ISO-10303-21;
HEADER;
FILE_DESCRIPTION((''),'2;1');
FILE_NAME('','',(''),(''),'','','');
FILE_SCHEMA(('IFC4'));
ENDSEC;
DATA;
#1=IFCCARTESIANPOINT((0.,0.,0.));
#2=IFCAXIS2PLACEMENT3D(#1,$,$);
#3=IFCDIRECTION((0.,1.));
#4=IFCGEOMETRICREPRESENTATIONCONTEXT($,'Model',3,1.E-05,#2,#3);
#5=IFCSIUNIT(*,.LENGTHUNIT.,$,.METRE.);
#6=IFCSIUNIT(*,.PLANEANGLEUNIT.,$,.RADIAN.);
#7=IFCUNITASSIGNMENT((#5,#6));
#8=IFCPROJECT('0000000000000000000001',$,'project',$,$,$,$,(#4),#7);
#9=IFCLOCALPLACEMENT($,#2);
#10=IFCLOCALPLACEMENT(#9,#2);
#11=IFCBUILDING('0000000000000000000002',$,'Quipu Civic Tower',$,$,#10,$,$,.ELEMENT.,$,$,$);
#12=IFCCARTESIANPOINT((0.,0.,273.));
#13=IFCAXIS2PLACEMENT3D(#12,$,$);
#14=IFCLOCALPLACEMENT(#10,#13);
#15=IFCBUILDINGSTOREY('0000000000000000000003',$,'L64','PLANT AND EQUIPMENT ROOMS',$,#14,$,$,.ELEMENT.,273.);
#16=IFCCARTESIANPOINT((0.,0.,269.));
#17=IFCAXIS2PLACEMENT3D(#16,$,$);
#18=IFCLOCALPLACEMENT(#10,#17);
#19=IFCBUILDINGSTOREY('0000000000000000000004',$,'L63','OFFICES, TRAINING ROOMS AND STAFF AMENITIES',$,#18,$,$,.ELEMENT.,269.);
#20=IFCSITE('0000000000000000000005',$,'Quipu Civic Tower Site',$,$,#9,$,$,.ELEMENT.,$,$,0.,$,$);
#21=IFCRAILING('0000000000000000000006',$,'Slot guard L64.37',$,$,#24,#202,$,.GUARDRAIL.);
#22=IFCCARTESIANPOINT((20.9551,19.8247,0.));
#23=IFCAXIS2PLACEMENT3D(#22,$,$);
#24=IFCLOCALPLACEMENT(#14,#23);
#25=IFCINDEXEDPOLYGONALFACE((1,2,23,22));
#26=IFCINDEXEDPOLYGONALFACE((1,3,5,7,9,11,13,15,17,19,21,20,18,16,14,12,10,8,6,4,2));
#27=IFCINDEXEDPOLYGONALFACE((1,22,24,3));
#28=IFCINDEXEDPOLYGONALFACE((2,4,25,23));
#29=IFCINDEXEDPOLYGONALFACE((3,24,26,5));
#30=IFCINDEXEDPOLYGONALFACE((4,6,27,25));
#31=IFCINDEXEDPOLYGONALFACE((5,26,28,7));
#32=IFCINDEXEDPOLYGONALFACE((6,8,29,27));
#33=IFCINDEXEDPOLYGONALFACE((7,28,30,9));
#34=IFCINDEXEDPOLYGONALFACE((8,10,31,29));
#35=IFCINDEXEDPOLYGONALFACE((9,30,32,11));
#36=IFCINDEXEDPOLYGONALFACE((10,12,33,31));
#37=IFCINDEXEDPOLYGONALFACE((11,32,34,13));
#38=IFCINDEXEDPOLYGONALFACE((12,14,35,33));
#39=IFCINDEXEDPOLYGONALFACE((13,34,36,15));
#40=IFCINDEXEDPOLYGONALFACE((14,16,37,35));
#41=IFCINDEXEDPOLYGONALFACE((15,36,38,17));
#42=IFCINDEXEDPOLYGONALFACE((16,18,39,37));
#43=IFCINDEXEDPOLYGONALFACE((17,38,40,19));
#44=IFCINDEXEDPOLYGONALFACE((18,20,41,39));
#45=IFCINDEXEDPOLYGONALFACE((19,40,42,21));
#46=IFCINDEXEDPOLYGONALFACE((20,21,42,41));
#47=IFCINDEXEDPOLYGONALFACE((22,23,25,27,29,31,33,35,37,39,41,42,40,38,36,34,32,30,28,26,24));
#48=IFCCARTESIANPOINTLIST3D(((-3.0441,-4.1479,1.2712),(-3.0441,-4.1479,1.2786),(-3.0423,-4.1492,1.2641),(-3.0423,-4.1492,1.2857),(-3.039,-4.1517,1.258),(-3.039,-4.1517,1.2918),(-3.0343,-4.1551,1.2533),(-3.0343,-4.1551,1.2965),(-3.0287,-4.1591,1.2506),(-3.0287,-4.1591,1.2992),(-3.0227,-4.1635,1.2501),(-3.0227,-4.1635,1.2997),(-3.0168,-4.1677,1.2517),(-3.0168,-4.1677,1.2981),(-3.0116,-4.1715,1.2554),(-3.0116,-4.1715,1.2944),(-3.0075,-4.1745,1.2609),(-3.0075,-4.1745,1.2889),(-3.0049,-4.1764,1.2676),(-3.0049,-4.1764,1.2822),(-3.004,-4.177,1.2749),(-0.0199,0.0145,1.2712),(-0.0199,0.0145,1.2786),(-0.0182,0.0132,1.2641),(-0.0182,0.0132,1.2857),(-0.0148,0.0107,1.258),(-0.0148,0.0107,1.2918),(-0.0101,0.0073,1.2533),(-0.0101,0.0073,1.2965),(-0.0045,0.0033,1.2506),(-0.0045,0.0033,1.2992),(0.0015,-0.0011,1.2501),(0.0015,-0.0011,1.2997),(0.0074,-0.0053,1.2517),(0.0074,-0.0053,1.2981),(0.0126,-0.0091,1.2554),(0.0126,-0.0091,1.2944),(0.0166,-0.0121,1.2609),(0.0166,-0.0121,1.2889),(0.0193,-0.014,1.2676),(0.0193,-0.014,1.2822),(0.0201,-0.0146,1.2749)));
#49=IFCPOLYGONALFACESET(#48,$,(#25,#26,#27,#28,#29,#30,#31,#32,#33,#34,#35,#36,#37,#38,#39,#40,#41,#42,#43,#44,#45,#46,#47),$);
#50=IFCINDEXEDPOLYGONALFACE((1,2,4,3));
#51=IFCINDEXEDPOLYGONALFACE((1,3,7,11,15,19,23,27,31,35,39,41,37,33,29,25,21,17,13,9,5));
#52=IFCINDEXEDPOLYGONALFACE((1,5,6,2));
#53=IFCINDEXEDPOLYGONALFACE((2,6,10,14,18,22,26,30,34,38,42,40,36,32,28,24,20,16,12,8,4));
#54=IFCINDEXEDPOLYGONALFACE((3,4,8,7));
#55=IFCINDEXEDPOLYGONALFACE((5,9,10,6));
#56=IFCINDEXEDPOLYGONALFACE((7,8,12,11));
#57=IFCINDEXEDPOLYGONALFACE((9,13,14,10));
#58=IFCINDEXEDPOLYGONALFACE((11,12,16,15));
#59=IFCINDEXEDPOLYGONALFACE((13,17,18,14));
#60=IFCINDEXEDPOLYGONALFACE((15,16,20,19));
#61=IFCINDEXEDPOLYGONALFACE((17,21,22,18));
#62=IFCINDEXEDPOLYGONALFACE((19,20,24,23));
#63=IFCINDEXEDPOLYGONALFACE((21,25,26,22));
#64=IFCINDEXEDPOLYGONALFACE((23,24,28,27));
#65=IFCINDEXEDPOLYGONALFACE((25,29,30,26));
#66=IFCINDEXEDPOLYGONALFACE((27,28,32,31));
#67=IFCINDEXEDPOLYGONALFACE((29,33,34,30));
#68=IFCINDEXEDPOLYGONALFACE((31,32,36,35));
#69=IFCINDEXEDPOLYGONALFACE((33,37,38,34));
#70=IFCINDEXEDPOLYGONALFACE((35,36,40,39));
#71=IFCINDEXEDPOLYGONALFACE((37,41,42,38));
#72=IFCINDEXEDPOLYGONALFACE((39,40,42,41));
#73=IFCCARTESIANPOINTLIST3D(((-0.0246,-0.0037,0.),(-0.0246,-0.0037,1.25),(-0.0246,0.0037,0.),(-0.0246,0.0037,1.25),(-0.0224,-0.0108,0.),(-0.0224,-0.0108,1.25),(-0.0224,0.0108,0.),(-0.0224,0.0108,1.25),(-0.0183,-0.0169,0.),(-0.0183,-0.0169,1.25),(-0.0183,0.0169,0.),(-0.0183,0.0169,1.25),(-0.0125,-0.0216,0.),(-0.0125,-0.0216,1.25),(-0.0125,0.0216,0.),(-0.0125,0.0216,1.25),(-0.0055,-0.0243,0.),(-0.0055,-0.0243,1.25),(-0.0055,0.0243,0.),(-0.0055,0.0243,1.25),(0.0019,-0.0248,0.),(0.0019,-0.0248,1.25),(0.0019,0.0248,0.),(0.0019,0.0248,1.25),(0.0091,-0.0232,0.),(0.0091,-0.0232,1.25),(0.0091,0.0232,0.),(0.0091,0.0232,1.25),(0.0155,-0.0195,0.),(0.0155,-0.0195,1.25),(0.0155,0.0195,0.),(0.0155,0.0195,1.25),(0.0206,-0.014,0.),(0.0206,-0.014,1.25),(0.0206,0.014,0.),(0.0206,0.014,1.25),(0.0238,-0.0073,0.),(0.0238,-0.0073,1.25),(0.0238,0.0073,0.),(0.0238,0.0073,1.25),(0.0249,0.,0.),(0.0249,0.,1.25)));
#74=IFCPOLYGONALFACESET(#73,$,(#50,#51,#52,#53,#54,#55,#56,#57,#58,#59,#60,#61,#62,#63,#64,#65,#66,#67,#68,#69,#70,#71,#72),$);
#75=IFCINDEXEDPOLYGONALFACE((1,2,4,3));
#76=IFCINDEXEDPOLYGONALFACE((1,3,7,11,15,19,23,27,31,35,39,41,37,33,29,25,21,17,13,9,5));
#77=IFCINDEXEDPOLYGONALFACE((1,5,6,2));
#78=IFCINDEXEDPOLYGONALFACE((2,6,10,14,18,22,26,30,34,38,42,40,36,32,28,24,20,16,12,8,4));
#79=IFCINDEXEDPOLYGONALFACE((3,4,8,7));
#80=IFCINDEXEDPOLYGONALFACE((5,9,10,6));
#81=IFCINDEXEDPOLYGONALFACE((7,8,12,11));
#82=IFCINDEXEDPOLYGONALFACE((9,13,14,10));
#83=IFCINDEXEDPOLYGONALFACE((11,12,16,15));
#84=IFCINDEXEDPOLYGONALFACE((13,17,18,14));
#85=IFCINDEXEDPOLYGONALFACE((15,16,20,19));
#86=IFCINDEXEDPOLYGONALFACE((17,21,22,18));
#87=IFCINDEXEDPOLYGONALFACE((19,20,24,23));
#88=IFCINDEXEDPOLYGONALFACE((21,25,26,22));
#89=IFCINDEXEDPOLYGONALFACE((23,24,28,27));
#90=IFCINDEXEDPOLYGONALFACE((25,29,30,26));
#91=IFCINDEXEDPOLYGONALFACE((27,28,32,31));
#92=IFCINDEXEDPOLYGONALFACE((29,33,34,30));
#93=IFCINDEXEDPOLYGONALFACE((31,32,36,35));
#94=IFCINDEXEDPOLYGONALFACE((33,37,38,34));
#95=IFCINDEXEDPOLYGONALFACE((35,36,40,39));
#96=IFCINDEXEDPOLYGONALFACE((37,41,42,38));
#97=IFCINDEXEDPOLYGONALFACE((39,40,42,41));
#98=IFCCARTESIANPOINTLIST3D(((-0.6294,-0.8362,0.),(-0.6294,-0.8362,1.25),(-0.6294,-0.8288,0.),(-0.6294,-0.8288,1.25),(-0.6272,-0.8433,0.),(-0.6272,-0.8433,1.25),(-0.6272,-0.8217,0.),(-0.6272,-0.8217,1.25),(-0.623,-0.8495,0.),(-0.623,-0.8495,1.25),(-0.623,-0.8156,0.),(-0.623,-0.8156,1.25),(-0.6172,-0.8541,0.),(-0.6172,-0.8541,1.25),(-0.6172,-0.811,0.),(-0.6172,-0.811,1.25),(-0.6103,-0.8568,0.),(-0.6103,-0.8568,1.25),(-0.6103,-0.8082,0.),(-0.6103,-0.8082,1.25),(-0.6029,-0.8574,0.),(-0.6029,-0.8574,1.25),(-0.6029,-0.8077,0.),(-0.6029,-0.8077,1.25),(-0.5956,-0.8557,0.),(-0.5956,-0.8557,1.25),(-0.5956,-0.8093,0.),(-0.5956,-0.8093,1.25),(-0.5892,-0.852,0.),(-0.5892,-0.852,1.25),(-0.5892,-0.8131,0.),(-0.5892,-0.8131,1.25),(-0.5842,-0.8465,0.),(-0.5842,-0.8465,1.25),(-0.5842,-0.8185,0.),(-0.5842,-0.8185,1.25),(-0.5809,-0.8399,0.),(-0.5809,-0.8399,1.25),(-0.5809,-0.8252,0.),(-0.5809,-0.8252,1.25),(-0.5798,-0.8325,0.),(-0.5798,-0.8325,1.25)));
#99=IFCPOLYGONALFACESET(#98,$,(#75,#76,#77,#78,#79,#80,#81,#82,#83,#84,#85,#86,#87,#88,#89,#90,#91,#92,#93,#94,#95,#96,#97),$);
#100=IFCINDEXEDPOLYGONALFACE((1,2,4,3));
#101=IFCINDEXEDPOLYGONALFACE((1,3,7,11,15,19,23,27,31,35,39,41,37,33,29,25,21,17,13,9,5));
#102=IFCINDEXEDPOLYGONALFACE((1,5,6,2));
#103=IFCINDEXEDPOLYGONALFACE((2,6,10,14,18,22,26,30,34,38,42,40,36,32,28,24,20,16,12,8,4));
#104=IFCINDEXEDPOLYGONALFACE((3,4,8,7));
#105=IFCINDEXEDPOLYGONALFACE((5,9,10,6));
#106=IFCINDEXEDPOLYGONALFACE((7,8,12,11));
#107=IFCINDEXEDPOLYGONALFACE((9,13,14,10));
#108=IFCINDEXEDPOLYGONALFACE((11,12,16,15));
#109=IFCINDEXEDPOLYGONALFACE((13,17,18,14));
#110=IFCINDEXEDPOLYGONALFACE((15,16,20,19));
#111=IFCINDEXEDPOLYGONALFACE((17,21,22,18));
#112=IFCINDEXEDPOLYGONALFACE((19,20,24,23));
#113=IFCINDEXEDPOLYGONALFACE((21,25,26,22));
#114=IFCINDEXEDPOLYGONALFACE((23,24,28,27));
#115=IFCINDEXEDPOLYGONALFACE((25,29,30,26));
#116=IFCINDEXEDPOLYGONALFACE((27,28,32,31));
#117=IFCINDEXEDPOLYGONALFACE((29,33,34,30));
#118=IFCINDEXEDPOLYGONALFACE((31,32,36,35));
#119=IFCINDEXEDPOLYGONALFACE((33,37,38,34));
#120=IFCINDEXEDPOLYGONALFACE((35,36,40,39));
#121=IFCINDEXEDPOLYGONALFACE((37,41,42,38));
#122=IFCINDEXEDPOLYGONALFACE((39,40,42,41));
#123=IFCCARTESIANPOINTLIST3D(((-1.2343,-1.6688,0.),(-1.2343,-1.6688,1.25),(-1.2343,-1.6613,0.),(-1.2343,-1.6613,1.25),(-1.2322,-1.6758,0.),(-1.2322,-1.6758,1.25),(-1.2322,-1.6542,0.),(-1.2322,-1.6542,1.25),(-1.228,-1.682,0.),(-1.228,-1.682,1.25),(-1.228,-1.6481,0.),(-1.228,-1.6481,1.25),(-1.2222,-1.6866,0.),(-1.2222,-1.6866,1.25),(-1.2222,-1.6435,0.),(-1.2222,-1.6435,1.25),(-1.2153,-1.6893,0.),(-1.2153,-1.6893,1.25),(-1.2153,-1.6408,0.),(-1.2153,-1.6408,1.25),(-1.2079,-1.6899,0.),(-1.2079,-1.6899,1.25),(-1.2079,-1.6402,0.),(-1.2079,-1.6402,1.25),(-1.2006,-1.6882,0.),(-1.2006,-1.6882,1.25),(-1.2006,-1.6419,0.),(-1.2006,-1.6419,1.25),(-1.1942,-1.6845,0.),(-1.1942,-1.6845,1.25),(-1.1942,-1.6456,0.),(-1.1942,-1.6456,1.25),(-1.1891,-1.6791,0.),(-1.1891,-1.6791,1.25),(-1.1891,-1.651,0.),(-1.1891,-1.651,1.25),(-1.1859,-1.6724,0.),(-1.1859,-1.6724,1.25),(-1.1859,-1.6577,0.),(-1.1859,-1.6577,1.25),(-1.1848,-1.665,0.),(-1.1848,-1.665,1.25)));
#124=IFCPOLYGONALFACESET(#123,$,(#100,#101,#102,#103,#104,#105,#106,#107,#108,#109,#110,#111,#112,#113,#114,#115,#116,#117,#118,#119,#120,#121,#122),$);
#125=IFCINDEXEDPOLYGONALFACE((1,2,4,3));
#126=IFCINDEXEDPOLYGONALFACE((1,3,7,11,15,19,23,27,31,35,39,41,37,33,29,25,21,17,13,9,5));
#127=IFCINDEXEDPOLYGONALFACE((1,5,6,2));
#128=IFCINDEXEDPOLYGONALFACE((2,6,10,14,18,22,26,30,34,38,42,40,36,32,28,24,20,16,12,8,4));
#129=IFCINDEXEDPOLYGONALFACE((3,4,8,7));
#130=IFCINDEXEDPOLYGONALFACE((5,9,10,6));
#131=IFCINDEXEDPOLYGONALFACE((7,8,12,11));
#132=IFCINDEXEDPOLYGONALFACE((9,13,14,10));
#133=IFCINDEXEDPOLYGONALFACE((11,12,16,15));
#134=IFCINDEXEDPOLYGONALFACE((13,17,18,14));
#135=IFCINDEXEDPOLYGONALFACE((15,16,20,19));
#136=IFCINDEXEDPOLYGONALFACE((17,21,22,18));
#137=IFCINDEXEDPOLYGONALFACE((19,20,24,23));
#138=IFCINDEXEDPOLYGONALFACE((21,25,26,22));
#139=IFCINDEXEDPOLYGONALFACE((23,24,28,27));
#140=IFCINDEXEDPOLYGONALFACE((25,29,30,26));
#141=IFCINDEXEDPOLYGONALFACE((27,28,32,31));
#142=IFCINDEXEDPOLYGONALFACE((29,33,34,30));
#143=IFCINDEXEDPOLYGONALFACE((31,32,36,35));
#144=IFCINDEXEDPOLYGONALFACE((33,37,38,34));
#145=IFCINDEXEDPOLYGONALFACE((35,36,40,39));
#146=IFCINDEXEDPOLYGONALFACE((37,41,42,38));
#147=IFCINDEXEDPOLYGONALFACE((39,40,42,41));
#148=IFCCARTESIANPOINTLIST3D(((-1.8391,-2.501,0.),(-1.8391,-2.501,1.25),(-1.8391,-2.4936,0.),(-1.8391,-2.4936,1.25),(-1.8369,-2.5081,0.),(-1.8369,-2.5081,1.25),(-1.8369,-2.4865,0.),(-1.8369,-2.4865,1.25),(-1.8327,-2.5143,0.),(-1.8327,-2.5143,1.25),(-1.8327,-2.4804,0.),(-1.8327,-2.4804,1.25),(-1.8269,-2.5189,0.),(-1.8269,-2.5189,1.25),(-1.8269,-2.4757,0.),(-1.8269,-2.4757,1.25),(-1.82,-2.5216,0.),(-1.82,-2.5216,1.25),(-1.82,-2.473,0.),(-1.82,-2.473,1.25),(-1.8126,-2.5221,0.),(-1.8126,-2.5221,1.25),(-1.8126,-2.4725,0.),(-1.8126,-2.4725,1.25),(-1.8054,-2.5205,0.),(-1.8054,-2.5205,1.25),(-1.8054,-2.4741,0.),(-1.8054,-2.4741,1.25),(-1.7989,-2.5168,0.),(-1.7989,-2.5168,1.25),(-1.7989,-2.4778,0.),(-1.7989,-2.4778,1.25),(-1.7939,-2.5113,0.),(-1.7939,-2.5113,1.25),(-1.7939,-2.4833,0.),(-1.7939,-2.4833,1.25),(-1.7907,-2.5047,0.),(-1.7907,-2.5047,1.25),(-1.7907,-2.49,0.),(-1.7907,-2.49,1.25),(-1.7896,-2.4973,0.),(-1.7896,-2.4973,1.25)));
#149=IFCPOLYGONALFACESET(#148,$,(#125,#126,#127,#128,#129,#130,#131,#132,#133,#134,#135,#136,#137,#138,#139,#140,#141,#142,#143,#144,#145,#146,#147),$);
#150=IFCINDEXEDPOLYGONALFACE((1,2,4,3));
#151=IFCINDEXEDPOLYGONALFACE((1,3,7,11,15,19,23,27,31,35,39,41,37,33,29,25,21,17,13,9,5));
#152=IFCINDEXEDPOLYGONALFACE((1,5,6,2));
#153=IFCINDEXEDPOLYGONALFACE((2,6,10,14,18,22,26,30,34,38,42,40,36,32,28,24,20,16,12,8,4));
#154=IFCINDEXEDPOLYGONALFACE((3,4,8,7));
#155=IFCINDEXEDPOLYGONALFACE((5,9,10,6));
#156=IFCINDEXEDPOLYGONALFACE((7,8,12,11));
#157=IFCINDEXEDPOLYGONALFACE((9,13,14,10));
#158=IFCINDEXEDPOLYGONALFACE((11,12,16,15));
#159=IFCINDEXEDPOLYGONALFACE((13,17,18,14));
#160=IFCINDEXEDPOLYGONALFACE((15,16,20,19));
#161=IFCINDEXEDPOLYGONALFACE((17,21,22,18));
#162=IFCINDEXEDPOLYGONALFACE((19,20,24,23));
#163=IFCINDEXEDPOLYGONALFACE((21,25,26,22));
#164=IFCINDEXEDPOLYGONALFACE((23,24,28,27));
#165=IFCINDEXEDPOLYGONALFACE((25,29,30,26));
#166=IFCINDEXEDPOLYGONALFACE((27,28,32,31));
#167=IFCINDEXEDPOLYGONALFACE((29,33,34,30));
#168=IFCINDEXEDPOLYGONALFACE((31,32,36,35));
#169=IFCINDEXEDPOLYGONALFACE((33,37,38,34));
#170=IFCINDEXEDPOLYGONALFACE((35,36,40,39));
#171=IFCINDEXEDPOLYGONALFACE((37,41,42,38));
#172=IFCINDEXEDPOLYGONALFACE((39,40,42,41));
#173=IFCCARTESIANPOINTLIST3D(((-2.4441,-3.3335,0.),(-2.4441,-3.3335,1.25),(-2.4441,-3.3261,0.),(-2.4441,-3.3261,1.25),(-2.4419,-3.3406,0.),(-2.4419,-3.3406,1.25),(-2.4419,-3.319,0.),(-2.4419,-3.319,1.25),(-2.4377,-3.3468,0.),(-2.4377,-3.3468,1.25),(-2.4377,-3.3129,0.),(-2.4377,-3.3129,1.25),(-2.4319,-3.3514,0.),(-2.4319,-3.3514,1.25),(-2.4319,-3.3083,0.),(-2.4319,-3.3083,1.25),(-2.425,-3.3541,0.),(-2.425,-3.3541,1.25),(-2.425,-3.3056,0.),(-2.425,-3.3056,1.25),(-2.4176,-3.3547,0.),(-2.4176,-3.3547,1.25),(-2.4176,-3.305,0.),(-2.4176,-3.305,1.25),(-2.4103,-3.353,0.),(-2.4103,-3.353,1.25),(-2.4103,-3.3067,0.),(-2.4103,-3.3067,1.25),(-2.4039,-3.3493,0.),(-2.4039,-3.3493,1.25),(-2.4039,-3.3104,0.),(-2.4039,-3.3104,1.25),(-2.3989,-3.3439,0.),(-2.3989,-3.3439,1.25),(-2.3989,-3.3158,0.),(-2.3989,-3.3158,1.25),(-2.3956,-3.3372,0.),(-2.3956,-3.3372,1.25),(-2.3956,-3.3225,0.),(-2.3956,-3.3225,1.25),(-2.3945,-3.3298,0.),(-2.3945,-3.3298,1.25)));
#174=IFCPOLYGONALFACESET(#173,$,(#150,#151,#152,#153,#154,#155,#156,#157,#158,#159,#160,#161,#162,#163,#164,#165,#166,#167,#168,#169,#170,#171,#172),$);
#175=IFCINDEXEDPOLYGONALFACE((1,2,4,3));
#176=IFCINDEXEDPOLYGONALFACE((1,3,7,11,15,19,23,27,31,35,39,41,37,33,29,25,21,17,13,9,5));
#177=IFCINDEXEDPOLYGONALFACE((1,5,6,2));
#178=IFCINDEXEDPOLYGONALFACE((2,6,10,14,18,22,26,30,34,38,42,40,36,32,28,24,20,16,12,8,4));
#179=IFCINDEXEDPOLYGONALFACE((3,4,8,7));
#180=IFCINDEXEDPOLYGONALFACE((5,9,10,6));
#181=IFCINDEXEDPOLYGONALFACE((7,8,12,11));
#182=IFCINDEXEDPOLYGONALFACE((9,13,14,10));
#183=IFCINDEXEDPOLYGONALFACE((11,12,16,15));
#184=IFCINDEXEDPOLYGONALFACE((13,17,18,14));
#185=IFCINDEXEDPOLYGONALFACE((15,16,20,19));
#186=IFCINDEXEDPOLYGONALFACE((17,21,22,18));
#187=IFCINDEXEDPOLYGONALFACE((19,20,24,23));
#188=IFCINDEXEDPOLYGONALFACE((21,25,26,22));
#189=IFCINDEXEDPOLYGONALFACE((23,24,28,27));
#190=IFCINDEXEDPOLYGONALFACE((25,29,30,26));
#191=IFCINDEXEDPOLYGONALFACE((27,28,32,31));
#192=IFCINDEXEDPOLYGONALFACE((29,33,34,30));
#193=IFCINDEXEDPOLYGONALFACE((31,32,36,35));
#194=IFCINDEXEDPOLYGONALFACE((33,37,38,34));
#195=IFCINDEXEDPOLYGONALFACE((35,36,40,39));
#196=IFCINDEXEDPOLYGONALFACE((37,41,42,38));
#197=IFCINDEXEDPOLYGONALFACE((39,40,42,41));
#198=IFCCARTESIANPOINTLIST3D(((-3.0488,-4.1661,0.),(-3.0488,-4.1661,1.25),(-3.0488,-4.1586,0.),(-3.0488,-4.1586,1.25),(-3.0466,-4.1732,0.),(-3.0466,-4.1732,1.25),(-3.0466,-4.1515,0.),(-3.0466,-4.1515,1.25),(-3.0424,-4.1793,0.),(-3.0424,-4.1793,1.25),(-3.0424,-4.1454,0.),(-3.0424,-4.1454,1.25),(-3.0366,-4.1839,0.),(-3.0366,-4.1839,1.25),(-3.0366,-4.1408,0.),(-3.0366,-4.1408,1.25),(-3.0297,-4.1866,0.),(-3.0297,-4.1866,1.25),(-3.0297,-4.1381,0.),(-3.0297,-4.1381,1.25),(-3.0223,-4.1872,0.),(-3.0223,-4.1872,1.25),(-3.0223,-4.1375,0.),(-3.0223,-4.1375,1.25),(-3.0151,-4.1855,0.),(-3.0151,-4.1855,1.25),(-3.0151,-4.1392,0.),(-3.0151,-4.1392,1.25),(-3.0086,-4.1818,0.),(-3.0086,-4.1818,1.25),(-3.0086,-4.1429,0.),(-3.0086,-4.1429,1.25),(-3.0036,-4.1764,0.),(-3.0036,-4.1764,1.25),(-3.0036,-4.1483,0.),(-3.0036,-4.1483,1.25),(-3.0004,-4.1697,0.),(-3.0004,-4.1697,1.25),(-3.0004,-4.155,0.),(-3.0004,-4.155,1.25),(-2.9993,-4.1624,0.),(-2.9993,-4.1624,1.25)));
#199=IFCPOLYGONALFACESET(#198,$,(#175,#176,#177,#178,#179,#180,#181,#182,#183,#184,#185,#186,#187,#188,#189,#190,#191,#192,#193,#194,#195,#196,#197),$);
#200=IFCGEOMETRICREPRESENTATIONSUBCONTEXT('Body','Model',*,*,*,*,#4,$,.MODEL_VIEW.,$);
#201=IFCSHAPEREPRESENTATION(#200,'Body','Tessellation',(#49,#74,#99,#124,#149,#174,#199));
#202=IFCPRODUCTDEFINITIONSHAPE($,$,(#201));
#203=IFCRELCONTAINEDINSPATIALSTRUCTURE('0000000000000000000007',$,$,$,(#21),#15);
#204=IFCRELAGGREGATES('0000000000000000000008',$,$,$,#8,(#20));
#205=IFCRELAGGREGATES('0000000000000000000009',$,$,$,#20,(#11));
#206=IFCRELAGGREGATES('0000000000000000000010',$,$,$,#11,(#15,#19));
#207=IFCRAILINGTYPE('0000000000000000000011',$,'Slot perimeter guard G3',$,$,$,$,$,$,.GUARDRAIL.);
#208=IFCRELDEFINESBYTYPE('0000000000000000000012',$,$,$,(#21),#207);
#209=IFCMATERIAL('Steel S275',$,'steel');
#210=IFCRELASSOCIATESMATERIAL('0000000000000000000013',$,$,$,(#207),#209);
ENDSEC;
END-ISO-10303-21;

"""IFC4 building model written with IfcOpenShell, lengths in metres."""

from ifc_helpers import new_model, si_unit, direction, frame, origin, origin_2d, place, context, subcontext, project, spatial, circle, extrude, material, type_object, element, save


model = new_model("IFC4")

# Units and contexts
model_context = context("Model", 3, precision=1e-05, world=origin(), true_north=direction((0.0, 1.0)))
body_context = subcontext(model_context, "Body", "Model", "MODEL_VIEW")
ifc_project = project(units=[si_unit("LENGTHUNIT", "METRE"), si_unit("PLANEANGLEUNIT", "RADIAN")], contexts=[model_context])

# Site, building, storey
site_placement = place(None, origin())
site = spatial("IfcSite", under=ifc_project, at=site_placement, Name="Quipu Civic Tower Site", CompositionType="ELEMENT", RefElevation=0.0)
building_placement = place(site_placement, origin())
building = spatial("IfcBuilding", under=site, at=building_placement, Name="Quipu Civic Tower", CompositionType="ELEMENT")
storey_1_placement = place(building_placement, frame((0.0, 0.0, 273.0)))
storey_1 = spatial("IfcBuildingStorey", under=building, at=storey_1_placement, Name="L64", Description="PLANT AND EQUIPMENT ROOMS", CompositionType="ELEMENT", Elevation=273.0)

# Shared definitions
storey_2_placement = place(building_placement, frame((0.0, 0.0, 269.0)))
storey_2 = spatial("IfcBuildingStorey", under=building, at=storey_2_placement, Name="L63", Description="OFFICES, TRAINING ROOMS AND STAFF AMENITIES", CompositionType="ELEMENT", Elevation=269.0)

# Railing
ifc_material_1 = material(Name="Steel S275", Category="steel")
railing_type = type_object("IfcRailingType", Name="Slot perimeter guard G3", PredefinedType="GUARDRAIL", material=ifc_material_1)
railing_1_placement = place(storey_1_placement, frame((20.9551, 19.8247, 0.0)))
element("IfcRailing", 1, at=railing_1_placement, inside=storey_1, type_object=railing_type, Name="Slot guard L64.37", PredefinedType="GUARDRAIL", context=body_context, shape_type="SweptSolid", body=[
    extrude(circle(Radius=0.0249, at=origin_2d()), frame((0.0, 0.0, 1.2749), z_axis=(-0.587791, -0.809013, 0.0), x_axis=(0.809013, -0.587791, 0.0)), (0.0, 0.0, 1.0), 5.145),
    extrude(circle(Radius=0.0249, at=origin_2d()), origin(), (0.0, 0.0, 1.0), 1.25),
    extrude(circle(Radius=0.0249, at=origin_2d()), frame((-0.6047, -0.8325, 0.0)), (0.0, 0.0, 1.0), 1.25),
    extrude(circle(Radius=0.0249, at=origin_2d()), frame((-1.2097, -1.665, 0.0)), (0.0, 0.0, 1.0), 1.25),
    extrude(circle(Radius=0.0249, at=origin_2d()), frame((-1.8145, -2.4973, 0.0)), (0.0, 0.0, 1.0), 1.25),
    extrude(circle(Radius=0.0249, at=origin_2d()), frame((-2.4194, -3.3298, 0.0)), (0.0, 0.0, 1.0), 1.25),
    extrude(circle(Radius=0.0249, at=origin_2d()), frame((-3.0242, -4.1624, 0.0)), (0.0, 0.0, 1.0), 1.25),
])

save(model, "model.ifc")
